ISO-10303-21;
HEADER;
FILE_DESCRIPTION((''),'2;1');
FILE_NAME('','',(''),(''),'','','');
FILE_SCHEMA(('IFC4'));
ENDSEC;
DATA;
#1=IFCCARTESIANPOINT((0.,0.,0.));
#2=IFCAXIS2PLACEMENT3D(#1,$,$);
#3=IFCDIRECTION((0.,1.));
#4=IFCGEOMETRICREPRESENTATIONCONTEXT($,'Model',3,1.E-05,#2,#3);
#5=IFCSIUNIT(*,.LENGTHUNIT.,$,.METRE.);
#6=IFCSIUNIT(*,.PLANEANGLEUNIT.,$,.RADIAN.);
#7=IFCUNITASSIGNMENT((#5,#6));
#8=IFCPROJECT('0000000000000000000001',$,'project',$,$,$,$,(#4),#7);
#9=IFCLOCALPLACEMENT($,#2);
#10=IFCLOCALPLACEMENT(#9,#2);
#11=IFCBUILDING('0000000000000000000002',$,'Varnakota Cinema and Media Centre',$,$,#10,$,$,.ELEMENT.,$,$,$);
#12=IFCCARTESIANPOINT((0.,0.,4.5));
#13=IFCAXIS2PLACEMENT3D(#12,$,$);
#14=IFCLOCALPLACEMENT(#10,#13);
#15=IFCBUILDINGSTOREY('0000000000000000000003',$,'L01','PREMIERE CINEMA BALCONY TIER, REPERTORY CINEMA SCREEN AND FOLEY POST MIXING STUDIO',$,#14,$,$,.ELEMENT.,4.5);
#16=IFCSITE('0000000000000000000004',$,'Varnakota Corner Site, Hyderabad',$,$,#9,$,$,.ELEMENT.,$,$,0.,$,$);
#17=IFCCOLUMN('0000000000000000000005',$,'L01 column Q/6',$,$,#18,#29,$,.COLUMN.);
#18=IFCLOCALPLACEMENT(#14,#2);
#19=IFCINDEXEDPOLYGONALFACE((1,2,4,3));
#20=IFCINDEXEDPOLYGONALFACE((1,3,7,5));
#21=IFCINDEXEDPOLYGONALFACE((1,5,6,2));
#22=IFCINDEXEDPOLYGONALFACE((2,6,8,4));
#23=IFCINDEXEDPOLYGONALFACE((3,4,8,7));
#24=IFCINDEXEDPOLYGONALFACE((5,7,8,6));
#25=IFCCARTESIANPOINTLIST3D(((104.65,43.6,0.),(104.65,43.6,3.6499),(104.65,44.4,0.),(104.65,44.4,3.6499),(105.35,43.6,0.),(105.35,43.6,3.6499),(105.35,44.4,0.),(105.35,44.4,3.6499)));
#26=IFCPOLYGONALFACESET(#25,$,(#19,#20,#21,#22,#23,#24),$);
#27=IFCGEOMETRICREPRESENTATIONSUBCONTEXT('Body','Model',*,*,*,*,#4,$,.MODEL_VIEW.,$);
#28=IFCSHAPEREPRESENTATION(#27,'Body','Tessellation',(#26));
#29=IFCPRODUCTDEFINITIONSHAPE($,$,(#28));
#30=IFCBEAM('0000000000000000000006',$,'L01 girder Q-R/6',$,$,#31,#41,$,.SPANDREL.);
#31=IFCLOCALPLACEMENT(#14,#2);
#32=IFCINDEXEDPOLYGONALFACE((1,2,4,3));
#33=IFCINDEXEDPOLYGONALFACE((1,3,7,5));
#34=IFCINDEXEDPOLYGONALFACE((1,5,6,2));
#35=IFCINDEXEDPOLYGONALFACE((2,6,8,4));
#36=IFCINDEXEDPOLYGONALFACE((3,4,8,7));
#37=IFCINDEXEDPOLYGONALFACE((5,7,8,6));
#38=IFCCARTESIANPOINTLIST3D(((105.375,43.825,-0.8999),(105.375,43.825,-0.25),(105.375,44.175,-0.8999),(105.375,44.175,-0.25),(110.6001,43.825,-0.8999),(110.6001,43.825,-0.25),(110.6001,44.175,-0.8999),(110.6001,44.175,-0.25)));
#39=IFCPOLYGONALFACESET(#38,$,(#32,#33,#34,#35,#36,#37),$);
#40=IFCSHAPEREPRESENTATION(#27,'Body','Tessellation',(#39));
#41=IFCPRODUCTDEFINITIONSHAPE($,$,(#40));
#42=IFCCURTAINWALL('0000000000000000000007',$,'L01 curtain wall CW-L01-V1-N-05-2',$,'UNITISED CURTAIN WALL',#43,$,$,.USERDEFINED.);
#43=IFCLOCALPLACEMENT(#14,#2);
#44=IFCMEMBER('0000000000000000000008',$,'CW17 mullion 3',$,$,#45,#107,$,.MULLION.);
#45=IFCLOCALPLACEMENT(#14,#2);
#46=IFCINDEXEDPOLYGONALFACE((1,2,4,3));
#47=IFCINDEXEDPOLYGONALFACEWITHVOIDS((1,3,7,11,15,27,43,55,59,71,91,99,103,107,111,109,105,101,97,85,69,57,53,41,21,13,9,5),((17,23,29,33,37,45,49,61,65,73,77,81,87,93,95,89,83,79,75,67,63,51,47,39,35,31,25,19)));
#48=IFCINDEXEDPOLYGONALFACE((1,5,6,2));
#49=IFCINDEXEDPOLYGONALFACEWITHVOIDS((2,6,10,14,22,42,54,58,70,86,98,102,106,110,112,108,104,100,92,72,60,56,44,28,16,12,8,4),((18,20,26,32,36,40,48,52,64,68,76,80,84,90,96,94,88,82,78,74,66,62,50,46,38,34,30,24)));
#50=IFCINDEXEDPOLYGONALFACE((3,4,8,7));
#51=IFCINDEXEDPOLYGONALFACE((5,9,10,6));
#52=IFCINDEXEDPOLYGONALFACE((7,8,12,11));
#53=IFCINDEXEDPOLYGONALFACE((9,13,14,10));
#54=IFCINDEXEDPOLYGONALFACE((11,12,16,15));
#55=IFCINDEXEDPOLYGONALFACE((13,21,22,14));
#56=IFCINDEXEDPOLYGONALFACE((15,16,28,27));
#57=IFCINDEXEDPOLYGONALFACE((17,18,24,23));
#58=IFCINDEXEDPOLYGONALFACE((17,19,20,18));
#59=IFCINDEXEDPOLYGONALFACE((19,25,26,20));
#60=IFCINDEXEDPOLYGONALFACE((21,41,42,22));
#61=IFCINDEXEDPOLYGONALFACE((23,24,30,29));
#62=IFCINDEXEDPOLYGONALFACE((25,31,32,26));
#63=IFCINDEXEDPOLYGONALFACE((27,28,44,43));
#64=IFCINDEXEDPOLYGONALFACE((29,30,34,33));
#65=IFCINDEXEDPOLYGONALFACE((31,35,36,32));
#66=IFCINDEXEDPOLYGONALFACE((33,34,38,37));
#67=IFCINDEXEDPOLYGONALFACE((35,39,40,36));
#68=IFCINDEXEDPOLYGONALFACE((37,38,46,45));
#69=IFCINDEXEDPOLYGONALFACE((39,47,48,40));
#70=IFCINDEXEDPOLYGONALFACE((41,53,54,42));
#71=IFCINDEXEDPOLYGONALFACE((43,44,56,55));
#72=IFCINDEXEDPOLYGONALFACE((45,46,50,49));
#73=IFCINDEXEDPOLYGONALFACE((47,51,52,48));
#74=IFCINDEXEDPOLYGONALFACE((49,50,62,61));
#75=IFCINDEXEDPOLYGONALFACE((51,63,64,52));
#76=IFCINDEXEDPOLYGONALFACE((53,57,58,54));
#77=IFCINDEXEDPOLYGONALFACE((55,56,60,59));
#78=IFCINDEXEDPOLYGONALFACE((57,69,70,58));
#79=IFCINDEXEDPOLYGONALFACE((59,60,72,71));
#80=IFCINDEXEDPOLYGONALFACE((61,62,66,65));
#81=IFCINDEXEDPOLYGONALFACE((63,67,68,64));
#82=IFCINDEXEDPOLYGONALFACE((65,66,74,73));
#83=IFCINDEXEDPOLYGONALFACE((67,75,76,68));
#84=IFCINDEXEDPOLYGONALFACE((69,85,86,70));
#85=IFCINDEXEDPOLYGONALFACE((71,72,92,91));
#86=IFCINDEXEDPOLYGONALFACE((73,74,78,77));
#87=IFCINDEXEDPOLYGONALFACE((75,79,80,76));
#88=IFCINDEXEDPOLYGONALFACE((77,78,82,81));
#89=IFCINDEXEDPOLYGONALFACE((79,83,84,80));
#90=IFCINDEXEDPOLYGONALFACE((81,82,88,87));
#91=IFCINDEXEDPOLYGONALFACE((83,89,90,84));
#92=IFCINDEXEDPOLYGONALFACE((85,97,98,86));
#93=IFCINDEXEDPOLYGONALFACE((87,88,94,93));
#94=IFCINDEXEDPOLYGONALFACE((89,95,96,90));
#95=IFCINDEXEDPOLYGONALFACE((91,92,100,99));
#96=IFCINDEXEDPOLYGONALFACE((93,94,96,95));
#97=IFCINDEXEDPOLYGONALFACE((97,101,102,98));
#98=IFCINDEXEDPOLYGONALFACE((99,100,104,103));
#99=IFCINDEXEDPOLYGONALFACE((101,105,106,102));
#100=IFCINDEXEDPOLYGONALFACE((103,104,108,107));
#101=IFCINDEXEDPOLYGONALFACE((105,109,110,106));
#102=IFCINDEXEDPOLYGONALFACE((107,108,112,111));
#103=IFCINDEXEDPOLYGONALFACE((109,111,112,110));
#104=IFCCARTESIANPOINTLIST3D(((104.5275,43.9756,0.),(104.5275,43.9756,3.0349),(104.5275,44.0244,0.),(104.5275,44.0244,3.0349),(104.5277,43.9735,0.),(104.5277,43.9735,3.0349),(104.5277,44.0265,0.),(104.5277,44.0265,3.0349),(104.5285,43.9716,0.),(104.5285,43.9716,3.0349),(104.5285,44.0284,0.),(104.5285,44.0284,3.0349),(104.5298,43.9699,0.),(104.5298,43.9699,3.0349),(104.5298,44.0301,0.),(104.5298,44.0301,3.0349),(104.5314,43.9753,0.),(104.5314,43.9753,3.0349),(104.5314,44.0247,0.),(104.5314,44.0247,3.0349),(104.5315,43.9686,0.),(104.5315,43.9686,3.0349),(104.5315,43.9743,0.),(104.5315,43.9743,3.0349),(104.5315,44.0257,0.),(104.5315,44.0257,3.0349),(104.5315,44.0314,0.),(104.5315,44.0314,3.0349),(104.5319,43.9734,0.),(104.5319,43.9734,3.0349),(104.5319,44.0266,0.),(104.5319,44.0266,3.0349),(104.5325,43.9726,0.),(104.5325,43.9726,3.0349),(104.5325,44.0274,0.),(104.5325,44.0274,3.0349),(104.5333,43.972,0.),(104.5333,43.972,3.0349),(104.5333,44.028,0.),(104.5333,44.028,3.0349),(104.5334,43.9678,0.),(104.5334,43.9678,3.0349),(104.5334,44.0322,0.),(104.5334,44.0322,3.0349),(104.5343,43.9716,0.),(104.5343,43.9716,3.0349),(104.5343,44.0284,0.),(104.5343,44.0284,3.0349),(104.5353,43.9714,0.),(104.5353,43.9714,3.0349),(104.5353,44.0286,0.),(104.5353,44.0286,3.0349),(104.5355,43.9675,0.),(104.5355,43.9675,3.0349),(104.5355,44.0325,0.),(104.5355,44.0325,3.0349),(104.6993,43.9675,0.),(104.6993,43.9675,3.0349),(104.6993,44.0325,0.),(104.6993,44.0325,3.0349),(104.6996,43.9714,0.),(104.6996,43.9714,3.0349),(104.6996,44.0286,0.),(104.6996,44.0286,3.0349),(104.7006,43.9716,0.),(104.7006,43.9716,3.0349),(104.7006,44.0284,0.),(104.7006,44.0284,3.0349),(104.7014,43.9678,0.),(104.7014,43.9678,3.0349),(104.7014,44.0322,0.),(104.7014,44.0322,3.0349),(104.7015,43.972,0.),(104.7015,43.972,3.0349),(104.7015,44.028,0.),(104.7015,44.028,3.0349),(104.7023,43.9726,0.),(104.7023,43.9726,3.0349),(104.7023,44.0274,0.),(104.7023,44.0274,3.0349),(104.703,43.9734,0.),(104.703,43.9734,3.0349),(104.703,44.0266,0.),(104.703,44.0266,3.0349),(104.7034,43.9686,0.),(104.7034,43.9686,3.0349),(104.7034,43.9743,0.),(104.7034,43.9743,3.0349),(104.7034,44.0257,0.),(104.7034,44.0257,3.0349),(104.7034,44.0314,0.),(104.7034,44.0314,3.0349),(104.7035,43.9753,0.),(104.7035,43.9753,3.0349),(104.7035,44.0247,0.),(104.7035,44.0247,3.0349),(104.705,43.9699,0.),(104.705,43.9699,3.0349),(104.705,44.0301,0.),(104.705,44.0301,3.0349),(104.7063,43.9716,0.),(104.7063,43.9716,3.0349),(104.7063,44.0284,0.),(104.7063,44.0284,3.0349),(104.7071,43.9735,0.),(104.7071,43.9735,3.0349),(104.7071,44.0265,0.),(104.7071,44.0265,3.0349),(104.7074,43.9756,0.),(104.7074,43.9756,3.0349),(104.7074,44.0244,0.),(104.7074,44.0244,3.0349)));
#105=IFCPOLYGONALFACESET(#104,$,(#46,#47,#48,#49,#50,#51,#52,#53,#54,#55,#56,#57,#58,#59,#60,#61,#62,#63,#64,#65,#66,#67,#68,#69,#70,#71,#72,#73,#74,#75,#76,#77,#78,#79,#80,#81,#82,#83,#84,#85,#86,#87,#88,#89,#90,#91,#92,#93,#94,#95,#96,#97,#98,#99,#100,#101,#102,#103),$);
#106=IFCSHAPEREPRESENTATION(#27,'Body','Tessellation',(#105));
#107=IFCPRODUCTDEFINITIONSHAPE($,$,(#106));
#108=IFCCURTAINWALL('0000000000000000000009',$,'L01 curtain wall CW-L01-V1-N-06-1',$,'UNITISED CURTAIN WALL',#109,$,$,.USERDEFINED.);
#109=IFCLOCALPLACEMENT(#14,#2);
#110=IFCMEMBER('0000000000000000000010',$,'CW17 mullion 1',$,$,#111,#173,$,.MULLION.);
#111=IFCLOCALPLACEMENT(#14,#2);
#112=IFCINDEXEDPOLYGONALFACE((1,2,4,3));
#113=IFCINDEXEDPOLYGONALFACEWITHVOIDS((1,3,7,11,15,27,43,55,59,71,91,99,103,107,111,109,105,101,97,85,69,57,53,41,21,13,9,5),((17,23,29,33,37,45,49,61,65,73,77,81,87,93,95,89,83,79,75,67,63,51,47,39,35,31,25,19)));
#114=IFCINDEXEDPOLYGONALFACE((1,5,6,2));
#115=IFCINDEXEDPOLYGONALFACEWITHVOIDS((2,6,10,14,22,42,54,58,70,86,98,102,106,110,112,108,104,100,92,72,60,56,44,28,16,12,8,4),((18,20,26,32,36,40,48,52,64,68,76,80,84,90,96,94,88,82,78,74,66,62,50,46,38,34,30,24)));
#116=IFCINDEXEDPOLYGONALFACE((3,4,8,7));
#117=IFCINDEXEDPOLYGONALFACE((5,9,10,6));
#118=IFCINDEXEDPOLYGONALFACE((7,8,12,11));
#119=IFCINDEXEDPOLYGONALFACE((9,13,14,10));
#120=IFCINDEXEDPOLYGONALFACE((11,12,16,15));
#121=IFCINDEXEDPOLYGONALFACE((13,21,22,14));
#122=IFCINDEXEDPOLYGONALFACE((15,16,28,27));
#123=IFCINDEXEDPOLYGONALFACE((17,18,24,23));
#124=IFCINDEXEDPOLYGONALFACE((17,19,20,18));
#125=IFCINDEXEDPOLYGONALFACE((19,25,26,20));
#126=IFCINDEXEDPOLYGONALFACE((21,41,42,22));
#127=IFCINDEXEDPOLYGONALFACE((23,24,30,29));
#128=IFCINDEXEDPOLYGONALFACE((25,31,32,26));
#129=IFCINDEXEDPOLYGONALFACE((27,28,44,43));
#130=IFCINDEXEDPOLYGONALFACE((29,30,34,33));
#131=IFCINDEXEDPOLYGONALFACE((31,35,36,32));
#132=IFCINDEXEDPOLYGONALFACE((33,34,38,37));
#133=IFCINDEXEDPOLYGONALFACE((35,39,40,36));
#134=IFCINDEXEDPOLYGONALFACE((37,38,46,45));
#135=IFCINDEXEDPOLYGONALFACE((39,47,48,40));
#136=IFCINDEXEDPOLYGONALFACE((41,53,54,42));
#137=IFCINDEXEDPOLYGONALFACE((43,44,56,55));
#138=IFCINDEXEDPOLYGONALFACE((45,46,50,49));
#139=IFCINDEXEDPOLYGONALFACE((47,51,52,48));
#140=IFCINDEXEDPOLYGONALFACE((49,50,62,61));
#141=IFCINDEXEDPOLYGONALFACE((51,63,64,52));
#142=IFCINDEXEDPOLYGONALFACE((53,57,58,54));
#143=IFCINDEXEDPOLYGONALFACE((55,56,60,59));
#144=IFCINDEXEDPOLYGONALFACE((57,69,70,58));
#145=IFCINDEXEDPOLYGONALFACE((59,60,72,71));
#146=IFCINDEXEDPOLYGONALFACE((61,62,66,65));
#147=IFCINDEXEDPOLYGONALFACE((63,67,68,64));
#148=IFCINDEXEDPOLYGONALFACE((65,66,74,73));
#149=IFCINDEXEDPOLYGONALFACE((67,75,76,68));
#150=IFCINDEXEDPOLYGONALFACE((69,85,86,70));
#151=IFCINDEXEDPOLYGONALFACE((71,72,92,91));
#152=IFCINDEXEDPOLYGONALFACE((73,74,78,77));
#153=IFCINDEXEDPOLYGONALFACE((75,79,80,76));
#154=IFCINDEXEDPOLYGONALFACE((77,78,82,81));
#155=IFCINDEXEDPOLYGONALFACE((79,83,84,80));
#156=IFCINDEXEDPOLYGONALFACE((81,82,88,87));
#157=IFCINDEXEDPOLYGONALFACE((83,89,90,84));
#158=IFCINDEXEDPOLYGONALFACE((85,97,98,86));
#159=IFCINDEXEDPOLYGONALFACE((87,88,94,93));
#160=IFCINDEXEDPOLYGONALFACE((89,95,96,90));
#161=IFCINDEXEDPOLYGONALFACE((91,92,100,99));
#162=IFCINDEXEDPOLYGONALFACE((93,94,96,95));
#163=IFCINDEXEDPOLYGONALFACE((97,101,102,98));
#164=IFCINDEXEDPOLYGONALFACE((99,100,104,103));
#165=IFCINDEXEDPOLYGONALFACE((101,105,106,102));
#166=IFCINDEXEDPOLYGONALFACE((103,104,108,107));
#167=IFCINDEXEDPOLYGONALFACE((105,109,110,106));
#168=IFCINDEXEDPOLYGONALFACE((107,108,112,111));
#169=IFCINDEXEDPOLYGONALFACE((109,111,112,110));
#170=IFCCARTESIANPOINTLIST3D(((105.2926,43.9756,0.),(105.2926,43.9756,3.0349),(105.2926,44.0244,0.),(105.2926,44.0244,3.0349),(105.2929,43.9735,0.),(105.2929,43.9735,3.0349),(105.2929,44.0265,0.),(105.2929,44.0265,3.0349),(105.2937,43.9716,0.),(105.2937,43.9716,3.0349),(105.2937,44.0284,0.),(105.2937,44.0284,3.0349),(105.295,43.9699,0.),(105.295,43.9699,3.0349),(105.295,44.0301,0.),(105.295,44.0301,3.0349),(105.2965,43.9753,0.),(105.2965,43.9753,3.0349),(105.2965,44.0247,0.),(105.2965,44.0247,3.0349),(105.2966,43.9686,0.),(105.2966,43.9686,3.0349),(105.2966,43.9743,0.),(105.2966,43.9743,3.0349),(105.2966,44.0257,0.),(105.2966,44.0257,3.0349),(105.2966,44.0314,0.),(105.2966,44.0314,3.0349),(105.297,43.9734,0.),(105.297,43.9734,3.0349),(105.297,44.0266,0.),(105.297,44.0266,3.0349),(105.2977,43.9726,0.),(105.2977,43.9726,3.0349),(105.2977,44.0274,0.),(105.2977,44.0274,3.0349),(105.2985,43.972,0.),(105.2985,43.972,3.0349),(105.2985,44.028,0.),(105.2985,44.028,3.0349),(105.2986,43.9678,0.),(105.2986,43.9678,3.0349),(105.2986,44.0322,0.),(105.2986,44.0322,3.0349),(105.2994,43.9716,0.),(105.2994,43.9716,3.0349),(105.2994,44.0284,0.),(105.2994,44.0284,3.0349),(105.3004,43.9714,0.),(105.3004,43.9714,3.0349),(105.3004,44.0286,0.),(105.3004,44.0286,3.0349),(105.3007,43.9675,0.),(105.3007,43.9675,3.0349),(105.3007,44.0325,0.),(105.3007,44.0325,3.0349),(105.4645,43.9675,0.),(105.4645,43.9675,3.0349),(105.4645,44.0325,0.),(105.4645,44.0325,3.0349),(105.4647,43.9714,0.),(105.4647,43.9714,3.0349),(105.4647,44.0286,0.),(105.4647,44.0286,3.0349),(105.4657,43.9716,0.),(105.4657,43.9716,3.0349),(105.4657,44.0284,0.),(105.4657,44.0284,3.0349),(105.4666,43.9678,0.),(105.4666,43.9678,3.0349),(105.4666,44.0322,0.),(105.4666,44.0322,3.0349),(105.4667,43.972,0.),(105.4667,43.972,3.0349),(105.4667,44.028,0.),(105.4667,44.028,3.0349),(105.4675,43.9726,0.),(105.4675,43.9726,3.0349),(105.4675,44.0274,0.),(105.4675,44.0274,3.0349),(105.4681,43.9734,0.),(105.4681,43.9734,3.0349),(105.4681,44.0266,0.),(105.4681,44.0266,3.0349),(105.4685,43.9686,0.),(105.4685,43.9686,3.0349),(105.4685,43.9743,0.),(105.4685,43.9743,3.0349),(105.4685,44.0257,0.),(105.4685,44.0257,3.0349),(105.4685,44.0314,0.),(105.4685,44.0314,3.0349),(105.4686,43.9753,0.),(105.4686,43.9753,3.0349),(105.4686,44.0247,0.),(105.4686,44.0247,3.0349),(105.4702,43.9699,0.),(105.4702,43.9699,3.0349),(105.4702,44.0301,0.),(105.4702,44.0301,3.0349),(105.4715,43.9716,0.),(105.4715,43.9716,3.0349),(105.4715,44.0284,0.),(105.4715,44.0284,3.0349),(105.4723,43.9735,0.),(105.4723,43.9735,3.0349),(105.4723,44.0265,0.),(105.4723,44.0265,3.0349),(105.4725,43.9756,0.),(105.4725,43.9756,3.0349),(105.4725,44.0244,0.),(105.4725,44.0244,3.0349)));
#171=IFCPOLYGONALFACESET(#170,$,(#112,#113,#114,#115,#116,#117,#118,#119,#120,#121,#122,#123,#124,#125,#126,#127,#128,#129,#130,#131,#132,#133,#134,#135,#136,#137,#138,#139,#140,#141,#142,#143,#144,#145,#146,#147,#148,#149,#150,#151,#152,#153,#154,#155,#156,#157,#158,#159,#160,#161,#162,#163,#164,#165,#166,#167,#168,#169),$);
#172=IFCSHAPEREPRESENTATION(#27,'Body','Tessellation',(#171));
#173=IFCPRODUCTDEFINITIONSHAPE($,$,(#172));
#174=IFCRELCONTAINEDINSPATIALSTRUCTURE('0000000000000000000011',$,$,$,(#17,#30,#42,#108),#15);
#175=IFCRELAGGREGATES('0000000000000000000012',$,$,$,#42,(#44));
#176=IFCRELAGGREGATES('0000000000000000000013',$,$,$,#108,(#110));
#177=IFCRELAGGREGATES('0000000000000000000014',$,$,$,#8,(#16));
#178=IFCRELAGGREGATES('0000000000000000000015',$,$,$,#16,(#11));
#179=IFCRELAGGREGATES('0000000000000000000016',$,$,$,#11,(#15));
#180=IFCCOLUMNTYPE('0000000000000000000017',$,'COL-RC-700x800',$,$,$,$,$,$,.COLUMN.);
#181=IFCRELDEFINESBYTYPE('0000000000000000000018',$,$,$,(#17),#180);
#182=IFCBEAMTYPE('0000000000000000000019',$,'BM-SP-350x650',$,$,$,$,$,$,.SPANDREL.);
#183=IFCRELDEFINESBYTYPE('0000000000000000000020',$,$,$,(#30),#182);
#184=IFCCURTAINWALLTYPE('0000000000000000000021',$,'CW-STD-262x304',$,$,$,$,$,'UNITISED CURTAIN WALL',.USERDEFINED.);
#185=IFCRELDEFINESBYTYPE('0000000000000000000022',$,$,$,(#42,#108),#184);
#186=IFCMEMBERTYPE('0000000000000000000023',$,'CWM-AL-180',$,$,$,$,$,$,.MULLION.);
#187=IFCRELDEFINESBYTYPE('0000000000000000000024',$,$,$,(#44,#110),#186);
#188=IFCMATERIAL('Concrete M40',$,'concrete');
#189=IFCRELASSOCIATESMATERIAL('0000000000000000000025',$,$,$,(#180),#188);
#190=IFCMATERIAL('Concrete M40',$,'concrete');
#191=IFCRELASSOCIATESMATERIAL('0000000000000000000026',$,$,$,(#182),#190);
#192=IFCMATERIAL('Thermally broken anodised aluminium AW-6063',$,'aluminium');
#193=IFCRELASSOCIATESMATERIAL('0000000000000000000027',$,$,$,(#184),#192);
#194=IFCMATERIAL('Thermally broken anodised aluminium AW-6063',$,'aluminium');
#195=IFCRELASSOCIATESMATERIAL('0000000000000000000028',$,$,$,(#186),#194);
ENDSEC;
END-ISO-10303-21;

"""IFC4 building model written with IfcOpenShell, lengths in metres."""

from ifc_helpers import new_model, si_unit, direction, frame, origin, origin_2d, place, context, subcontext, project, spatial, rectangle, hollow_rectangle, extrude, material, material_profile, profile_set, type_object, element, aggregate, save


model = new_model("IFC4")

# Units and contexts
model_context = context("Model", 3, precision=1e-05, world=origin(), true_north=direction((0.0, 1.0)))
body_context = subcontext(model_context, "Body", "Model", "MODEL_VIEW")
ifc_project = project(units=[si_unit("LENGTHUNIT", "METRE"), si_unit("PLANEANGLEUNIT", "RADIAN")], contexts=[model_context])

# Site, building, storey
site_placement = place(None, origin())
site = spatial("IfcSite", under=ifc_project, at=site_placement, Name="Varnakota Corner Site, Hyderabad", CompositionType="ELEMENT", RefElevation=0.0)
building_placement = place(site_placement, origin())
building = spatial("IfcBuilding", under=site, at=building_placement, Name="Varnakota Cinema and Media Centre", CompositionType="ELEMENT")
storey_placement = place(building_placement, frame((0.0, 0.0, 4.5)))
storey = spatial("IfcBuildingStorey", under=building, at=storey_placement, Name="L01", Description="PREMIERE CINEMA BALCONY TIER, REPERTORY CINEMA SCREEN AND FOLEY POST MIXING STUDIO", CompositionType="ELEMENT", Elevation=4.5)

# Column
ifc_material_1 = material(Name="Concrete M40", Category="concrete")
ifc_material_profile_1 = material_profile(ifc_material_1, rectangle(XDim=0.7, YDim=0.8, at=origin_2d()), Name="RC 700x800")
ifc_profile_set_1 = profile_set([ifc_material_profile_1], Name="Concrete M40")
column_type = type_object("IfcColumnType", Name="COL-RC-700x800", PredefinedType="COLUMN", material=ifc_profile_set_1)
column_placement = place(storey_placement, frame((105.0, 44.0, 0.0), z_axis=(0.0, 0.0, 1.0), x_axis=(1.0, 0.0, 0.0)))
element("IfcColumn", 1, at=column_placement, inside=storey, type_object=column_type, Name="L01 column Q/6", PredefinedType="COLUMN", context=body_context, shape_type="SweptSolid", body=[
    extrude(rectangle(XDim=0.7, YDim=0.8, at=origin_2d()), origin(), (0.0, 0.0, 1.0), 3.6499),
])

# Beam
ifc_material_2 = material(Name="Concrete M40", Category="concrete")
ifc_material_profile_2 = material_profile(ifc_material_2, rectangle(XDim=0.3501, YDim=0.6499, at=origin_2d()), Name="RCB 350x650")
ifc_profile_set_2 = profile_set([ifc_material_profile_2], Name="Concrete M40")
beam_type = type_object("IfcBeamType", Name="BM-SP-350x650", PredefinedType="SPANDREL", material=ifc_profile_set_2)
beam_placement = place(storey_placement, frame((105.375, 44.0, -0.575), z_axis=(1.0, 0.0, 0.0), x_axis=(0.0, 1.0, 0.0)))
element("IfcBeam", 2, at=beam_placement, inside=storey, type_object=beam_type, Name="L01 girder Q-R/6", PredefinedType="SPANDREL", context=body_context, shape_type="SweptSolid", body=[
    extrude(rectangle(XDim=0.3501, YDim=0.6499, at=origin_2d()), origin(), (0.0, 0.0, 1.0), 5.2251),
])

# Curtain wall, member
ifc_material_3 = material(Name="Thermally broken anodised aluminium AW-6063", Category="aluminium")
curtain_wall_type = type_object("IfcCurtainWallType", Name="CW-STD-262x304", ElementType="UNITISED CURTAIN WALL", PredefinedType="USERDEFINED", material=ifc_material_3)
curtain_wall_1_placement = place(storey_placement, origin())
curtain_wall_1 = element("IfcCurtainWall", 3, at=curtain_wall_1_placement, inside=storey, type_object=curtain_wall_type, Name="L01 curtain wall CW-L01-V1-N-05-2", ObjectType="UNITISED CURTAIN WALL", PredefinedType="USERDEFINED")
ifc_material_4 = material(Name="Thermally broken anodised aluminium AW-6063", Category="aluminium")
ifc_material_profile_3 = material_profile(ifc_material_4, hollow_rectangle(XDim=0.0649, YDim=0.1799, WallThickness=0.0039, InnerFilletRadius=0.0039, OuterFilletRadius=0.0081, at=origin_2d()), Name="AL-MULLION 180x65x4")
ifc_profile_set_3 = profile_set([ifc_material_profile_3], Name="Thermally broken anodised aluminium AW-6063")
member_type_1 = type_object("IfcMemberType", Name="CWM-AL-180", PredefinedType="MULLION", material=ifc_profile_set_3)
member_1_placement = place(storey_placement, frame((104.6174, 44.0, 0.0), z_axis=(0.0, 0.0, 1.0), x_axis=(0.0, 1.0, 0.0)))
member_1 = element("IfcMember", 4, at=member_1_placement, type_object=member_type_1, Name="CW17 mullion 3", PredefinedType="MULLION", context=body_context, shape_type="SweptSolid", body=[
    extrude(hollow_rectangle(XDim=0.0649, YDim=0.1799, WallThickness=0.0039, InnerFilletRadius=0.0039, OuterFilletRadius=0.0081, at=origin_2d()), origin(), (0.0, 0.0, 1.0), 3.0349),
])

# Curtain wall, member
curtain_wall_2_placement = place(storey_placement, origin())
curtain_wall_2 = element("IfcCurtainWall", 5, at=curtain_wall_2_placement, inside=storey, type_object=curtain_wall_type, Name="L01 curtain wall CW-L01-V1-N-06-1", ObjectType="UNITISED CURTAIN WALL", PredefinedType="USERDEFINED")
member_2_placement = place(storey_placement, frame((105.3826, 44.0, 0.0), z_axis=(0.0, 0.0, 1.0), x_axis=(0.0, 1.0, 0.0)))
member_2 = element("IfcMember", 6, at=member_2_placement, type_object=member_type_1, Name="CW17 mullion 1", PredefinedType="MULLION", context=body_context, shape_type="SweptSolid", body=[
    extrude(hollow_rectangle(XDim=0.0649, YDim=0.1799, WallThickness=0.0039, InnerFilletRadius=0.0039, OuterFilletRadius=0.0081, at=origin_2d()), origin(), (0.0, 0.0, 1.0), 3.0349),
])

aggregate(curtain_wall_1, [member_1])
aggregate(curtain_wall_2, [member_2])

save(model, "model.ifc")
